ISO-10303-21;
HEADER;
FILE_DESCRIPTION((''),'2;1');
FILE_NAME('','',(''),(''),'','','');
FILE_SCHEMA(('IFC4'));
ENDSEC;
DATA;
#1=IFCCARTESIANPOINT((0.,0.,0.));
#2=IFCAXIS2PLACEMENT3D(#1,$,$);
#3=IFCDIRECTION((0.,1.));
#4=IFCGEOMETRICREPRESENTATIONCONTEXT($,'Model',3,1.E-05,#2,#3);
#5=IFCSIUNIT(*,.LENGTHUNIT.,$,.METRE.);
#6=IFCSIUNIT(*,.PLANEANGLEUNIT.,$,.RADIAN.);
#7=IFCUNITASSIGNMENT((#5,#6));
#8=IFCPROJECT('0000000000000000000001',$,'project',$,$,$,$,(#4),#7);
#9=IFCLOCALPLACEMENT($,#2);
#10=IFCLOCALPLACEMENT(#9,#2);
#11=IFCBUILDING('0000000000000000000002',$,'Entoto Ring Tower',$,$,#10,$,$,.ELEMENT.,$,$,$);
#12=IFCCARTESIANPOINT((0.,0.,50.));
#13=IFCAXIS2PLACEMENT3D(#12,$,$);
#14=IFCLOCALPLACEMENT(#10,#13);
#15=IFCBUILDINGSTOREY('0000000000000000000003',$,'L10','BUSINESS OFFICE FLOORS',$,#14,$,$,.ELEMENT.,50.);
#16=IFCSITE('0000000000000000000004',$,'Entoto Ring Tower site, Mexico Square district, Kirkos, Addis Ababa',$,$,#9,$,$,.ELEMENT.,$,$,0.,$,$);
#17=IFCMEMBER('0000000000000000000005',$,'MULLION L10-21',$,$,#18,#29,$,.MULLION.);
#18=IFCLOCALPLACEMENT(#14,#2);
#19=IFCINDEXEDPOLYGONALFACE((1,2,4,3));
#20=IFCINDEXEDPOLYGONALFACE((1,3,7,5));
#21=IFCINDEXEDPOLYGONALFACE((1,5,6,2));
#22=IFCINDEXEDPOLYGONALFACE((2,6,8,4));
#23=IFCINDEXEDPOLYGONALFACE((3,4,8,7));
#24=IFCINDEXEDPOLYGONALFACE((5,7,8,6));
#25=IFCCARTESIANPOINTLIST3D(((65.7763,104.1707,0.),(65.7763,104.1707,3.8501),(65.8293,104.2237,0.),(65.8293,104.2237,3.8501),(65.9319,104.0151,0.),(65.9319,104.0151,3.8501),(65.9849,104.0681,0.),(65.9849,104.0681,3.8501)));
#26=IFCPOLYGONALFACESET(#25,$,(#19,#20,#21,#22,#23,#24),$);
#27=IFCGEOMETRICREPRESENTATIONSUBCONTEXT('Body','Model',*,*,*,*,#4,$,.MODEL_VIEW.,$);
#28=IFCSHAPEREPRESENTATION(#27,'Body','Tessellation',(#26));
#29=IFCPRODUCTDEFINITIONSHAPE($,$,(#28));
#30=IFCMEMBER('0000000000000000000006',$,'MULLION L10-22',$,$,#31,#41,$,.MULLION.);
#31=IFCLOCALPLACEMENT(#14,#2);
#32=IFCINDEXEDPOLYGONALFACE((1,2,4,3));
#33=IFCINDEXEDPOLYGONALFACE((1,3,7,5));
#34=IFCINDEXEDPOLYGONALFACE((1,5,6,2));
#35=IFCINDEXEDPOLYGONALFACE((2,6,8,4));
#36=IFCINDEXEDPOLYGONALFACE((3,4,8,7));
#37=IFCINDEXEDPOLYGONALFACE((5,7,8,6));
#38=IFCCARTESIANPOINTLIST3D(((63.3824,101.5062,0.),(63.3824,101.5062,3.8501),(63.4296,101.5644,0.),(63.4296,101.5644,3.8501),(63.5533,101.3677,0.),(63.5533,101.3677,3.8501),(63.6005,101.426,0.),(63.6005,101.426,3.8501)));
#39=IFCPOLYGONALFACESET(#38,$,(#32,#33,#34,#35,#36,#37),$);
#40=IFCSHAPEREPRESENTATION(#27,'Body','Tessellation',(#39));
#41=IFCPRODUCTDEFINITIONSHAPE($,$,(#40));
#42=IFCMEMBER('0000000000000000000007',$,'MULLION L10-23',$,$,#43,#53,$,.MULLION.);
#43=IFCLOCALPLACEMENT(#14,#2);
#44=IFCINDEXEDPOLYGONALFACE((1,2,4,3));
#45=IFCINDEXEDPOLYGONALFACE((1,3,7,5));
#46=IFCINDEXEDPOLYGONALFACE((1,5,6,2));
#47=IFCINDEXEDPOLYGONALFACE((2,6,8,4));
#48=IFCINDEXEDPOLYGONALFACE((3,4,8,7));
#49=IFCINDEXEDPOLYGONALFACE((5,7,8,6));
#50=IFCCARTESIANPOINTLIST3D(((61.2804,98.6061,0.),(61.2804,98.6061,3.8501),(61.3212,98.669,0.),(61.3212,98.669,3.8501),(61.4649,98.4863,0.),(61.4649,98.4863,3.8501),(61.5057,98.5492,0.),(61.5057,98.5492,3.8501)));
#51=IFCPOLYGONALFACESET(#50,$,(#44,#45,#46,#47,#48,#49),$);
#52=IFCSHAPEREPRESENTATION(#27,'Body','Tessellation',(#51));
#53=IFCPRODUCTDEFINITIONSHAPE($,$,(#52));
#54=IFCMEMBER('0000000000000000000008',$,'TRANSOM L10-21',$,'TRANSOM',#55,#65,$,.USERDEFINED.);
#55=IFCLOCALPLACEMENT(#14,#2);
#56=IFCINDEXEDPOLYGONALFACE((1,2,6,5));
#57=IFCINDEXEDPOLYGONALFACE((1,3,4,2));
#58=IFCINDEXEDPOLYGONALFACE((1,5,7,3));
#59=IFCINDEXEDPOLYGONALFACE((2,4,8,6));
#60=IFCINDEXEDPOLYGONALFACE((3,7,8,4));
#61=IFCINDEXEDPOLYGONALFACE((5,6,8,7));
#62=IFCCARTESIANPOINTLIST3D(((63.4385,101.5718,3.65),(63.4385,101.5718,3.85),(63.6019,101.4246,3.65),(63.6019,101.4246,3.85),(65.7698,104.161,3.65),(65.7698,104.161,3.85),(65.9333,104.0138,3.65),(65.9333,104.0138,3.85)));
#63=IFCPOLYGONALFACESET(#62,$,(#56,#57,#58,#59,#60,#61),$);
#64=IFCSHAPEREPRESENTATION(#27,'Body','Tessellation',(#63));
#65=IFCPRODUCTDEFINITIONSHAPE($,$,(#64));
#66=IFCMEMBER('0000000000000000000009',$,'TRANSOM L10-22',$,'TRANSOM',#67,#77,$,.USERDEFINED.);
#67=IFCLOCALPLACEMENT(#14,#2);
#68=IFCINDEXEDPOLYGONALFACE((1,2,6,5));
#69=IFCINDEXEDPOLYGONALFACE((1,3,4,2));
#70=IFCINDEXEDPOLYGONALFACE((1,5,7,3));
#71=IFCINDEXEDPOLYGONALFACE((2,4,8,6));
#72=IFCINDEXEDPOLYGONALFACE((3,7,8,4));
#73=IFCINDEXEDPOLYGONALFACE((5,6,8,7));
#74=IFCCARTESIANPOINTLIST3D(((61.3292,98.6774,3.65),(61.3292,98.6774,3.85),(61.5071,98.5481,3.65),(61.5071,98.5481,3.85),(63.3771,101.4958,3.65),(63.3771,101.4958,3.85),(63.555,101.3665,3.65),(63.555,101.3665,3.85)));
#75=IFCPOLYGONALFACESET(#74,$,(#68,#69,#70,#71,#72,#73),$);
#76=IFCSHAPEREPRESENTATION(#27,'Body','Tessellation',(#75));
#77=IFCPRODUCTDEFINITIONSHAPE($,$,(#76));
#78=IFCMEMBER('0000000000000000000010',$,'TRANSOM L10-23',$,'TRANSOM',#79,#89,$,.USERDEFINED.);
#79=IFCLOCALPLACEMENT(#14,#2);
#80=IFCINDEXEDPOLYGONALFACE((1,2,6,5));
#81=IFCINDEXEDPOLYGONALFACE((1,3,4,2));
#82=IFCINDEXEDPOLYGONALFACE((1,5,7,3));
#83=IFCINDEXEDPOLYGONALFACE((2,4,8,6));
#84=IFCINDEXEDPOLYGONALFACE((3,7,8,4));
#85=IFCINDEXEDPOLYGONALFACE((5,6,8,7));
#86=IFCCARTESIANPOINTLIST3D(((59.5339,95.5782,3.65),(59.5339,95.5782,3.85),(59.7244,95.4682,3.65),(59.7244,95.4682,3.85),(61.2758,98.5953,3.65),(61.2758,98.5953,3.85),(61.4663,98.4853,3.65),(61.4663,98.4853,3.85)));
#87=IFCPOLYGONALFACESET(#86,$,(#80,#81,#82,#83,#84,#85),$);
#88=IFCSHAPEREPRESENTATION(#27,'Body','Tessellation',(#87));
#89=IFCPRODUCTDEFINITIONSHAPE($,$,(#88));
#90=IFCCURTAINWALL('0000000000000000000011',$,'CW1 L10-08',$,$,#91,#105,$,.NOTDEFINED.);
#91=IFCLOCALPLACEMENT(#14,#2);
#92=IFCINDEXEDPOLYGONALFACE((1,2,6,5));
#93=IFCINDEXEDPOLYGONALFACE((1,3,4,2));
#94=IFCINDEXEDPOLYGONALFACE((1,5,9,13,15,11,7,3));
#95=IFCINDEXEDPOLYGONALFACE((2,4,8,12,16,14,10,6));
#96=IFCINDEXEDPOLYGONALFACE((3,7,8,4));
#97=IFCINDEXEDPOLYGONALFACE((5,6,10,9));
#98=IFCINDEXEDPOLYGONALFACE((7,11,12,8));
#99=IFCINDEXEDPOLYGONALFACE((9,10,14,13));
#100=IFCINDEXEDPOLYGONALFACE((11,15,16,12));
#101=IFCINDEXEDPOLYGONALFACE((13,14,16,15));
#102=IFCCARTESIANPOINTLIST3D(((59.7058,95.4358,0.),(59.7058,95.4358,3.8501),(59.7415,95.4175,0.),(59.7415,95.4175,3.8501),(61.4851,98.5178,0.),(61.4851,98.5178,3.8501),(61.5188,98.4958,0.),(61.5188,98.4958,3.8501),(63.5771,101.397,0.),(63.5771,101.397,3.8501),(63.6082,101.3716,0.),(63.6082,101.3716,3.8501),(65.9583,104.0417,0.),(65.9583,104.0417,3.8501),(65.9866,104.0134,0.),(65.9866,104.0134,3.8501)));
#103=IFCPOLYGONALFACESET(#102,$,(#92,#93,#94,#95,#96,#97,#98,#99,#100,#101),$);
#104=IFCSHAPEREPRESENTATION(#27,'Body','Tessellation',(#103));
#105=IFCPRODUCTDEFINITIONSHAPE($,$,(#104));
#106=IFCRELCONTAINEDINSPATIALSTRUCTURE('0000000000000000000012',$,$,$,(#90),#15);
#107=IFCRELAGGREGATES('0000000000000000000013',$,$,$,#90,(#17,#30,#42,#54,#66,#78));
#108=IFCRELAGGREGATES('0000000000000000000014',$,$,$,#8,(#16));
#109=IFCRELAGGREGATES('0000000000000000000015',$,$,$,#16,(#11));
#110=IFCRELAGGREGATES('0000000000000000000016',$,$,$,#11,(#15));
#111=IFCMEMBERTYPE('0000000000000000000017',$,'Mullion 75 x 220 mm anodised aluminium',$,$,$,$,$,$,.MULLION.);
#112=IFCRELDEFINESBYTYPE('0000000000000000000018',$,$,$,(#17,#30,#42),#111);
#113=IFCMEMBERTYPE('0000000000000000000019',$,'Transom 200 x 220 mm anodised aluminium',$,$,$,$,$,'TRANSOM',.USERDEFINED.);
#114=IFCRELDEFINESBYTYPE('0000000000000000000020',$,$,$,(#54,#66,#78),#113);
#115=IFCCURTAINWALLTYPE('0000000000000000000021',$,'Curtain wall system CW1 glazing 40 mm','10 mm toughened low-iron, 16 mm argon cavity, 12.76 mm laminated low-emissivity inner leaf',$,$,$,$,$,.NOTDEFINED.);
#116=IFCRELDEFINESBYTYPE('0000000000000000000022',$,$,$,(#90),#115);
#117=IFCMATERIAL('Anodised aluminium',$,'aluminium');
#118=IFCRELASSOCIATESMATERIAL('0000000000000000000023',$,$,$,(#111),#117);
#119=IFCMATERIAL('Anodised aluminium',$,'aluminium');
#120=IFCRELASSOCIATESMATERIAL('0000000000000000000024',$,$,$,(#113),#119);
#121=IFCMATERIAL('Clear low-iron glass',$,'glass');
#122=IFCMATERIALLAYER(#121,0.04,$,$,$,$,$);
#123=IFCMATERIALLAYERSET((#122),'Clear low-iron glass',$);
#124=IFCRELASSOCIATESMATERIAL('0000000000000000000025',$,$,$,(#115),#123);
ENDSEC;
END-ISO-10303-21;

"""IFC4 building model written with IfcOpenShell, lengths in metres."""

from ifc_helpers import new_model, si_unit, direction, frame, origin, origin_2d, place, context, subcontext, project, spatial, polyline, rectangle, outline, extrude, material, layer, layer_set, material_profile, profile_set, type_object, element, aggregate, save


model = new_model("IFC4")

# Units and contexts
model_context = context("Model", 3, precision=1e-05, world=origin(), true_north=direction((0.0, 1.0)))
body_context = subcontext(model_context, "Body", "Model", "MODEL_VIEW")
ifc_project = project(units=[si_unit("LENGTHUNIT", "METRE"), si_unit("PLANEANGLEUNIT", "RADIAN")], contexts=[model_context])

# Members
ifc_material_1 = material(Name="Anodised aluminium", Category="aluminium")
ifc_material_profile_1 = material_profile(ifc_material_1, rectangle(XDim=0.075, YDim=0.22, at=origin_2d()), Name="Mullion 75 x 220 mm anodised aluminium")
ifc_profile_set_1 = profile_set([ifc_material_profile_1], Name="Anodised aluminium")
member_type_1 = type_object("IfcMemberType", Name="Mullion 75 x 220 mm anodised aluminium", PredefinedType="MULLION", material=ifc_profile_set_1)
site_placement = place(None, origin())
building_placement = place(site_placement, origin())
storey_placement = place(building_placement, frame((0.0, 0.0, 50.0)))
member_1_placement = place(storey_placement, frame((65.8806, 104.1194, 0.0), z_axis=(0.0, 0.0, 1.0), x_axis=(-0.707107, -0.707107, 0.0)))
member_1 = element("IfcMember", 1, at=member_1_placement, type_object=member_type_1, Name="MULLION L10-21", PredefinedType="MULLION", context=body_context, shape_type="SweptSolid", body=[
    extrude(rectangle(XDim=0.075, YDim=0.22, at=origin_2d()), origin(), (0.0, 0.0, 1.0), 3.8501),
])
member_2_placement = place(storey_placement, frame((63.4915, 101.4661, 0.0), z_axis=(0.0, 0.0, 1.0), x_axis=(-0.62932, -0.777146, 0.0)))
member_2 = element("IfcMember", 2, at=member_2_placement, type_object=member_type_1, Name="MULLION L10-22", PredefinedType="MULLION", context=body_context, shape_type="SweptSolid", body=[
    extrude(rectangle(XDim=0.075, YDim=0.22, at=origin_2d()), origin(), (0.0, 0.0, 1.0), 3.8501),
])
member_3_placement = place(storey_placement, frame((61.3931, 98.5776, 0.0), z_axis=(0.0, 0.0, 1.0), x_axis=(-0.544639, -0.838671, 0.0)))
member_3 = element("IfcMember", 3, at=member_3_placement, type_object=member_type_1, Name="MULLION L10-23", PredefinedType="MULLION", context=body_context, shape_type="SweptSolid", body=[
    extrude(rectangle(XDim=0.075, YDim=0.22, at=origin_2d()), origin(), (0.0, 0.0, 1.0), 3.8501),
])
ifc_material_2 = material(Name="Anodised aluminium", Category="aluminium")
ifc_material_profile_2 = material_profile(ifc_material_2, rectangle(XDim=0.22, YDim=0.2, at=origin_2d()), Name="Transom 200 x 220 mm anodised aluminium")
ifc_profile_set_2 = profile_set([ifc_material_profile_2], Name="Anodised aluminium")
member_type_2 = type_object("IfcMemberType", Name="Transom 200 x 220 mm anodised aluminium", ElementType="TRANSOM", PredefinedType="USERDEFINED", material=ifc_profile_set_2)
member_4_placement = place(storey_placement, frame((65.8516, 104.0874, 3.75), z_axis=(-0.669139, -0.743137, 0.0), x_axis=(0.743137, -0.669139, 0.0)))
member_4 = element("IfcMember", 4, at=member_4_placement, type_object=member_type_2, Name="TRANSOM L10-21", ObjectType="TRANSOM", PredefinedType="USERDEFINED", context=body_context, shape_type="SweptSolid", body=[
    extrude(rectangle(XDim=0.22, YDim=0.2, at=origin_2d()), origin(), (0.0, 0.0, 1.0), 3.4841),
])
member_5_placement = place(storey_placement, frame((63.4661, 101.4312, 3.75), z_axis=(-0.587822, -0.808991, 0.0), x_axis=(0.808991, -0.587822, 0.0)))
member_5 = element("IfcMember", 5, at=member_5_placement, type_object=member_type_2, Name="TRANSOM L10-22", ObjectType="TRANSOM", PredefinedType="USERDEFINED", context=body_context, shape_type="SweptSolid", body=[
    extrude(rectangle(XDim=0.22, YDim=0.2, at=origin_2d()), origin(), (0.0, 0.0, 1.0), 3.4839),
])
member_6_placement = place(storey_placement, frame((61.3711, 98.5403, 3.75), z_axis=(-0.500006, -0.866022, 0.0), x_axis=(0.866022, -0.500006, 0.0)))
member_6 = element("IfcMember", 6, at=member_6_placement, type_object=member_type_2, Name="TRANSOM L10-23", ObjectType="TRANSOM", PredefinedType="USERDEFINED", context=body_context, shape_type="SweptSolid", body=[
    extrude(rectangle(XDim=0.22, YDim=0.2, at=origin_2d()), origin(), (0.0, 0.0, 1.0), 3.4839),
])

# Site, building, storey
site = spatial("IfcSite", under=ifc_project, at=site_placement, Name="Entoto Ring Tower site, Mexico Square district, Kirkos, Addis Ababa", CompositionType="ELEMENT", RefElevation=0.0)
building = spatial("IfcBuilding", under=site, at=building_placement, Name="Entoto Ring Tower", CompositionType="ELEMENT")
storey = spatial("IfcBuildingStorey", under=building, at=storey_placement, Name="L10", Description="BUSINESS OFFICE FLOORS", CompositionType="ELEMENT", Elevation=50.0)

# Curtain wall
ifc_material_3 = material(Name="Clear low-iron glass", Category="glass")
ifc_layer = layer(ifc_material_3, 0.04)
ifc_layer_set = layer_set([ifc_layer], Name="Clear low-iron glass")
curtain_wall_type = type_object("IfcCurtainWallType", Name="Curtain wall system CW1 glazing 40 mm", Description="10 mm toughened low-iron, 16 mm argon cavity, 12.76 mm laminated low-emissivity inner leaf", PredefinedType="NOTDEFINED", material=ifc_layer_set)
curtain_wall_1_placement = place(storey_placement, origin())
curtain_wall_1 = element("IfcCurtainWall", 7, at=curtain_wall_1_placement, inside=storey, type_object=curtain_wall_type, Name="CW1 L10-08", PredefinedType="NOTDEFINED", context=body_context, shape_type="SweptSolid", body=[
    extrude(outline(polyline([(65.9583, 104.0417), (63.5771, 101.397), (61.4851, 98.5178), (59.7058, 95.4358), (59.7415, 95.4175), (61.5188, 98.4958), (63.6082, 101.3716), (65.9866, 104.0134), (65.9583, 104.0417)])), origin(), (0.0, 0.0, 1.0), 3.8501),
])
aggregate(curtain_wall_1, [member_1, member_2, member_3, member_4, member_5, member_6])

save(model, "model.ifc")
